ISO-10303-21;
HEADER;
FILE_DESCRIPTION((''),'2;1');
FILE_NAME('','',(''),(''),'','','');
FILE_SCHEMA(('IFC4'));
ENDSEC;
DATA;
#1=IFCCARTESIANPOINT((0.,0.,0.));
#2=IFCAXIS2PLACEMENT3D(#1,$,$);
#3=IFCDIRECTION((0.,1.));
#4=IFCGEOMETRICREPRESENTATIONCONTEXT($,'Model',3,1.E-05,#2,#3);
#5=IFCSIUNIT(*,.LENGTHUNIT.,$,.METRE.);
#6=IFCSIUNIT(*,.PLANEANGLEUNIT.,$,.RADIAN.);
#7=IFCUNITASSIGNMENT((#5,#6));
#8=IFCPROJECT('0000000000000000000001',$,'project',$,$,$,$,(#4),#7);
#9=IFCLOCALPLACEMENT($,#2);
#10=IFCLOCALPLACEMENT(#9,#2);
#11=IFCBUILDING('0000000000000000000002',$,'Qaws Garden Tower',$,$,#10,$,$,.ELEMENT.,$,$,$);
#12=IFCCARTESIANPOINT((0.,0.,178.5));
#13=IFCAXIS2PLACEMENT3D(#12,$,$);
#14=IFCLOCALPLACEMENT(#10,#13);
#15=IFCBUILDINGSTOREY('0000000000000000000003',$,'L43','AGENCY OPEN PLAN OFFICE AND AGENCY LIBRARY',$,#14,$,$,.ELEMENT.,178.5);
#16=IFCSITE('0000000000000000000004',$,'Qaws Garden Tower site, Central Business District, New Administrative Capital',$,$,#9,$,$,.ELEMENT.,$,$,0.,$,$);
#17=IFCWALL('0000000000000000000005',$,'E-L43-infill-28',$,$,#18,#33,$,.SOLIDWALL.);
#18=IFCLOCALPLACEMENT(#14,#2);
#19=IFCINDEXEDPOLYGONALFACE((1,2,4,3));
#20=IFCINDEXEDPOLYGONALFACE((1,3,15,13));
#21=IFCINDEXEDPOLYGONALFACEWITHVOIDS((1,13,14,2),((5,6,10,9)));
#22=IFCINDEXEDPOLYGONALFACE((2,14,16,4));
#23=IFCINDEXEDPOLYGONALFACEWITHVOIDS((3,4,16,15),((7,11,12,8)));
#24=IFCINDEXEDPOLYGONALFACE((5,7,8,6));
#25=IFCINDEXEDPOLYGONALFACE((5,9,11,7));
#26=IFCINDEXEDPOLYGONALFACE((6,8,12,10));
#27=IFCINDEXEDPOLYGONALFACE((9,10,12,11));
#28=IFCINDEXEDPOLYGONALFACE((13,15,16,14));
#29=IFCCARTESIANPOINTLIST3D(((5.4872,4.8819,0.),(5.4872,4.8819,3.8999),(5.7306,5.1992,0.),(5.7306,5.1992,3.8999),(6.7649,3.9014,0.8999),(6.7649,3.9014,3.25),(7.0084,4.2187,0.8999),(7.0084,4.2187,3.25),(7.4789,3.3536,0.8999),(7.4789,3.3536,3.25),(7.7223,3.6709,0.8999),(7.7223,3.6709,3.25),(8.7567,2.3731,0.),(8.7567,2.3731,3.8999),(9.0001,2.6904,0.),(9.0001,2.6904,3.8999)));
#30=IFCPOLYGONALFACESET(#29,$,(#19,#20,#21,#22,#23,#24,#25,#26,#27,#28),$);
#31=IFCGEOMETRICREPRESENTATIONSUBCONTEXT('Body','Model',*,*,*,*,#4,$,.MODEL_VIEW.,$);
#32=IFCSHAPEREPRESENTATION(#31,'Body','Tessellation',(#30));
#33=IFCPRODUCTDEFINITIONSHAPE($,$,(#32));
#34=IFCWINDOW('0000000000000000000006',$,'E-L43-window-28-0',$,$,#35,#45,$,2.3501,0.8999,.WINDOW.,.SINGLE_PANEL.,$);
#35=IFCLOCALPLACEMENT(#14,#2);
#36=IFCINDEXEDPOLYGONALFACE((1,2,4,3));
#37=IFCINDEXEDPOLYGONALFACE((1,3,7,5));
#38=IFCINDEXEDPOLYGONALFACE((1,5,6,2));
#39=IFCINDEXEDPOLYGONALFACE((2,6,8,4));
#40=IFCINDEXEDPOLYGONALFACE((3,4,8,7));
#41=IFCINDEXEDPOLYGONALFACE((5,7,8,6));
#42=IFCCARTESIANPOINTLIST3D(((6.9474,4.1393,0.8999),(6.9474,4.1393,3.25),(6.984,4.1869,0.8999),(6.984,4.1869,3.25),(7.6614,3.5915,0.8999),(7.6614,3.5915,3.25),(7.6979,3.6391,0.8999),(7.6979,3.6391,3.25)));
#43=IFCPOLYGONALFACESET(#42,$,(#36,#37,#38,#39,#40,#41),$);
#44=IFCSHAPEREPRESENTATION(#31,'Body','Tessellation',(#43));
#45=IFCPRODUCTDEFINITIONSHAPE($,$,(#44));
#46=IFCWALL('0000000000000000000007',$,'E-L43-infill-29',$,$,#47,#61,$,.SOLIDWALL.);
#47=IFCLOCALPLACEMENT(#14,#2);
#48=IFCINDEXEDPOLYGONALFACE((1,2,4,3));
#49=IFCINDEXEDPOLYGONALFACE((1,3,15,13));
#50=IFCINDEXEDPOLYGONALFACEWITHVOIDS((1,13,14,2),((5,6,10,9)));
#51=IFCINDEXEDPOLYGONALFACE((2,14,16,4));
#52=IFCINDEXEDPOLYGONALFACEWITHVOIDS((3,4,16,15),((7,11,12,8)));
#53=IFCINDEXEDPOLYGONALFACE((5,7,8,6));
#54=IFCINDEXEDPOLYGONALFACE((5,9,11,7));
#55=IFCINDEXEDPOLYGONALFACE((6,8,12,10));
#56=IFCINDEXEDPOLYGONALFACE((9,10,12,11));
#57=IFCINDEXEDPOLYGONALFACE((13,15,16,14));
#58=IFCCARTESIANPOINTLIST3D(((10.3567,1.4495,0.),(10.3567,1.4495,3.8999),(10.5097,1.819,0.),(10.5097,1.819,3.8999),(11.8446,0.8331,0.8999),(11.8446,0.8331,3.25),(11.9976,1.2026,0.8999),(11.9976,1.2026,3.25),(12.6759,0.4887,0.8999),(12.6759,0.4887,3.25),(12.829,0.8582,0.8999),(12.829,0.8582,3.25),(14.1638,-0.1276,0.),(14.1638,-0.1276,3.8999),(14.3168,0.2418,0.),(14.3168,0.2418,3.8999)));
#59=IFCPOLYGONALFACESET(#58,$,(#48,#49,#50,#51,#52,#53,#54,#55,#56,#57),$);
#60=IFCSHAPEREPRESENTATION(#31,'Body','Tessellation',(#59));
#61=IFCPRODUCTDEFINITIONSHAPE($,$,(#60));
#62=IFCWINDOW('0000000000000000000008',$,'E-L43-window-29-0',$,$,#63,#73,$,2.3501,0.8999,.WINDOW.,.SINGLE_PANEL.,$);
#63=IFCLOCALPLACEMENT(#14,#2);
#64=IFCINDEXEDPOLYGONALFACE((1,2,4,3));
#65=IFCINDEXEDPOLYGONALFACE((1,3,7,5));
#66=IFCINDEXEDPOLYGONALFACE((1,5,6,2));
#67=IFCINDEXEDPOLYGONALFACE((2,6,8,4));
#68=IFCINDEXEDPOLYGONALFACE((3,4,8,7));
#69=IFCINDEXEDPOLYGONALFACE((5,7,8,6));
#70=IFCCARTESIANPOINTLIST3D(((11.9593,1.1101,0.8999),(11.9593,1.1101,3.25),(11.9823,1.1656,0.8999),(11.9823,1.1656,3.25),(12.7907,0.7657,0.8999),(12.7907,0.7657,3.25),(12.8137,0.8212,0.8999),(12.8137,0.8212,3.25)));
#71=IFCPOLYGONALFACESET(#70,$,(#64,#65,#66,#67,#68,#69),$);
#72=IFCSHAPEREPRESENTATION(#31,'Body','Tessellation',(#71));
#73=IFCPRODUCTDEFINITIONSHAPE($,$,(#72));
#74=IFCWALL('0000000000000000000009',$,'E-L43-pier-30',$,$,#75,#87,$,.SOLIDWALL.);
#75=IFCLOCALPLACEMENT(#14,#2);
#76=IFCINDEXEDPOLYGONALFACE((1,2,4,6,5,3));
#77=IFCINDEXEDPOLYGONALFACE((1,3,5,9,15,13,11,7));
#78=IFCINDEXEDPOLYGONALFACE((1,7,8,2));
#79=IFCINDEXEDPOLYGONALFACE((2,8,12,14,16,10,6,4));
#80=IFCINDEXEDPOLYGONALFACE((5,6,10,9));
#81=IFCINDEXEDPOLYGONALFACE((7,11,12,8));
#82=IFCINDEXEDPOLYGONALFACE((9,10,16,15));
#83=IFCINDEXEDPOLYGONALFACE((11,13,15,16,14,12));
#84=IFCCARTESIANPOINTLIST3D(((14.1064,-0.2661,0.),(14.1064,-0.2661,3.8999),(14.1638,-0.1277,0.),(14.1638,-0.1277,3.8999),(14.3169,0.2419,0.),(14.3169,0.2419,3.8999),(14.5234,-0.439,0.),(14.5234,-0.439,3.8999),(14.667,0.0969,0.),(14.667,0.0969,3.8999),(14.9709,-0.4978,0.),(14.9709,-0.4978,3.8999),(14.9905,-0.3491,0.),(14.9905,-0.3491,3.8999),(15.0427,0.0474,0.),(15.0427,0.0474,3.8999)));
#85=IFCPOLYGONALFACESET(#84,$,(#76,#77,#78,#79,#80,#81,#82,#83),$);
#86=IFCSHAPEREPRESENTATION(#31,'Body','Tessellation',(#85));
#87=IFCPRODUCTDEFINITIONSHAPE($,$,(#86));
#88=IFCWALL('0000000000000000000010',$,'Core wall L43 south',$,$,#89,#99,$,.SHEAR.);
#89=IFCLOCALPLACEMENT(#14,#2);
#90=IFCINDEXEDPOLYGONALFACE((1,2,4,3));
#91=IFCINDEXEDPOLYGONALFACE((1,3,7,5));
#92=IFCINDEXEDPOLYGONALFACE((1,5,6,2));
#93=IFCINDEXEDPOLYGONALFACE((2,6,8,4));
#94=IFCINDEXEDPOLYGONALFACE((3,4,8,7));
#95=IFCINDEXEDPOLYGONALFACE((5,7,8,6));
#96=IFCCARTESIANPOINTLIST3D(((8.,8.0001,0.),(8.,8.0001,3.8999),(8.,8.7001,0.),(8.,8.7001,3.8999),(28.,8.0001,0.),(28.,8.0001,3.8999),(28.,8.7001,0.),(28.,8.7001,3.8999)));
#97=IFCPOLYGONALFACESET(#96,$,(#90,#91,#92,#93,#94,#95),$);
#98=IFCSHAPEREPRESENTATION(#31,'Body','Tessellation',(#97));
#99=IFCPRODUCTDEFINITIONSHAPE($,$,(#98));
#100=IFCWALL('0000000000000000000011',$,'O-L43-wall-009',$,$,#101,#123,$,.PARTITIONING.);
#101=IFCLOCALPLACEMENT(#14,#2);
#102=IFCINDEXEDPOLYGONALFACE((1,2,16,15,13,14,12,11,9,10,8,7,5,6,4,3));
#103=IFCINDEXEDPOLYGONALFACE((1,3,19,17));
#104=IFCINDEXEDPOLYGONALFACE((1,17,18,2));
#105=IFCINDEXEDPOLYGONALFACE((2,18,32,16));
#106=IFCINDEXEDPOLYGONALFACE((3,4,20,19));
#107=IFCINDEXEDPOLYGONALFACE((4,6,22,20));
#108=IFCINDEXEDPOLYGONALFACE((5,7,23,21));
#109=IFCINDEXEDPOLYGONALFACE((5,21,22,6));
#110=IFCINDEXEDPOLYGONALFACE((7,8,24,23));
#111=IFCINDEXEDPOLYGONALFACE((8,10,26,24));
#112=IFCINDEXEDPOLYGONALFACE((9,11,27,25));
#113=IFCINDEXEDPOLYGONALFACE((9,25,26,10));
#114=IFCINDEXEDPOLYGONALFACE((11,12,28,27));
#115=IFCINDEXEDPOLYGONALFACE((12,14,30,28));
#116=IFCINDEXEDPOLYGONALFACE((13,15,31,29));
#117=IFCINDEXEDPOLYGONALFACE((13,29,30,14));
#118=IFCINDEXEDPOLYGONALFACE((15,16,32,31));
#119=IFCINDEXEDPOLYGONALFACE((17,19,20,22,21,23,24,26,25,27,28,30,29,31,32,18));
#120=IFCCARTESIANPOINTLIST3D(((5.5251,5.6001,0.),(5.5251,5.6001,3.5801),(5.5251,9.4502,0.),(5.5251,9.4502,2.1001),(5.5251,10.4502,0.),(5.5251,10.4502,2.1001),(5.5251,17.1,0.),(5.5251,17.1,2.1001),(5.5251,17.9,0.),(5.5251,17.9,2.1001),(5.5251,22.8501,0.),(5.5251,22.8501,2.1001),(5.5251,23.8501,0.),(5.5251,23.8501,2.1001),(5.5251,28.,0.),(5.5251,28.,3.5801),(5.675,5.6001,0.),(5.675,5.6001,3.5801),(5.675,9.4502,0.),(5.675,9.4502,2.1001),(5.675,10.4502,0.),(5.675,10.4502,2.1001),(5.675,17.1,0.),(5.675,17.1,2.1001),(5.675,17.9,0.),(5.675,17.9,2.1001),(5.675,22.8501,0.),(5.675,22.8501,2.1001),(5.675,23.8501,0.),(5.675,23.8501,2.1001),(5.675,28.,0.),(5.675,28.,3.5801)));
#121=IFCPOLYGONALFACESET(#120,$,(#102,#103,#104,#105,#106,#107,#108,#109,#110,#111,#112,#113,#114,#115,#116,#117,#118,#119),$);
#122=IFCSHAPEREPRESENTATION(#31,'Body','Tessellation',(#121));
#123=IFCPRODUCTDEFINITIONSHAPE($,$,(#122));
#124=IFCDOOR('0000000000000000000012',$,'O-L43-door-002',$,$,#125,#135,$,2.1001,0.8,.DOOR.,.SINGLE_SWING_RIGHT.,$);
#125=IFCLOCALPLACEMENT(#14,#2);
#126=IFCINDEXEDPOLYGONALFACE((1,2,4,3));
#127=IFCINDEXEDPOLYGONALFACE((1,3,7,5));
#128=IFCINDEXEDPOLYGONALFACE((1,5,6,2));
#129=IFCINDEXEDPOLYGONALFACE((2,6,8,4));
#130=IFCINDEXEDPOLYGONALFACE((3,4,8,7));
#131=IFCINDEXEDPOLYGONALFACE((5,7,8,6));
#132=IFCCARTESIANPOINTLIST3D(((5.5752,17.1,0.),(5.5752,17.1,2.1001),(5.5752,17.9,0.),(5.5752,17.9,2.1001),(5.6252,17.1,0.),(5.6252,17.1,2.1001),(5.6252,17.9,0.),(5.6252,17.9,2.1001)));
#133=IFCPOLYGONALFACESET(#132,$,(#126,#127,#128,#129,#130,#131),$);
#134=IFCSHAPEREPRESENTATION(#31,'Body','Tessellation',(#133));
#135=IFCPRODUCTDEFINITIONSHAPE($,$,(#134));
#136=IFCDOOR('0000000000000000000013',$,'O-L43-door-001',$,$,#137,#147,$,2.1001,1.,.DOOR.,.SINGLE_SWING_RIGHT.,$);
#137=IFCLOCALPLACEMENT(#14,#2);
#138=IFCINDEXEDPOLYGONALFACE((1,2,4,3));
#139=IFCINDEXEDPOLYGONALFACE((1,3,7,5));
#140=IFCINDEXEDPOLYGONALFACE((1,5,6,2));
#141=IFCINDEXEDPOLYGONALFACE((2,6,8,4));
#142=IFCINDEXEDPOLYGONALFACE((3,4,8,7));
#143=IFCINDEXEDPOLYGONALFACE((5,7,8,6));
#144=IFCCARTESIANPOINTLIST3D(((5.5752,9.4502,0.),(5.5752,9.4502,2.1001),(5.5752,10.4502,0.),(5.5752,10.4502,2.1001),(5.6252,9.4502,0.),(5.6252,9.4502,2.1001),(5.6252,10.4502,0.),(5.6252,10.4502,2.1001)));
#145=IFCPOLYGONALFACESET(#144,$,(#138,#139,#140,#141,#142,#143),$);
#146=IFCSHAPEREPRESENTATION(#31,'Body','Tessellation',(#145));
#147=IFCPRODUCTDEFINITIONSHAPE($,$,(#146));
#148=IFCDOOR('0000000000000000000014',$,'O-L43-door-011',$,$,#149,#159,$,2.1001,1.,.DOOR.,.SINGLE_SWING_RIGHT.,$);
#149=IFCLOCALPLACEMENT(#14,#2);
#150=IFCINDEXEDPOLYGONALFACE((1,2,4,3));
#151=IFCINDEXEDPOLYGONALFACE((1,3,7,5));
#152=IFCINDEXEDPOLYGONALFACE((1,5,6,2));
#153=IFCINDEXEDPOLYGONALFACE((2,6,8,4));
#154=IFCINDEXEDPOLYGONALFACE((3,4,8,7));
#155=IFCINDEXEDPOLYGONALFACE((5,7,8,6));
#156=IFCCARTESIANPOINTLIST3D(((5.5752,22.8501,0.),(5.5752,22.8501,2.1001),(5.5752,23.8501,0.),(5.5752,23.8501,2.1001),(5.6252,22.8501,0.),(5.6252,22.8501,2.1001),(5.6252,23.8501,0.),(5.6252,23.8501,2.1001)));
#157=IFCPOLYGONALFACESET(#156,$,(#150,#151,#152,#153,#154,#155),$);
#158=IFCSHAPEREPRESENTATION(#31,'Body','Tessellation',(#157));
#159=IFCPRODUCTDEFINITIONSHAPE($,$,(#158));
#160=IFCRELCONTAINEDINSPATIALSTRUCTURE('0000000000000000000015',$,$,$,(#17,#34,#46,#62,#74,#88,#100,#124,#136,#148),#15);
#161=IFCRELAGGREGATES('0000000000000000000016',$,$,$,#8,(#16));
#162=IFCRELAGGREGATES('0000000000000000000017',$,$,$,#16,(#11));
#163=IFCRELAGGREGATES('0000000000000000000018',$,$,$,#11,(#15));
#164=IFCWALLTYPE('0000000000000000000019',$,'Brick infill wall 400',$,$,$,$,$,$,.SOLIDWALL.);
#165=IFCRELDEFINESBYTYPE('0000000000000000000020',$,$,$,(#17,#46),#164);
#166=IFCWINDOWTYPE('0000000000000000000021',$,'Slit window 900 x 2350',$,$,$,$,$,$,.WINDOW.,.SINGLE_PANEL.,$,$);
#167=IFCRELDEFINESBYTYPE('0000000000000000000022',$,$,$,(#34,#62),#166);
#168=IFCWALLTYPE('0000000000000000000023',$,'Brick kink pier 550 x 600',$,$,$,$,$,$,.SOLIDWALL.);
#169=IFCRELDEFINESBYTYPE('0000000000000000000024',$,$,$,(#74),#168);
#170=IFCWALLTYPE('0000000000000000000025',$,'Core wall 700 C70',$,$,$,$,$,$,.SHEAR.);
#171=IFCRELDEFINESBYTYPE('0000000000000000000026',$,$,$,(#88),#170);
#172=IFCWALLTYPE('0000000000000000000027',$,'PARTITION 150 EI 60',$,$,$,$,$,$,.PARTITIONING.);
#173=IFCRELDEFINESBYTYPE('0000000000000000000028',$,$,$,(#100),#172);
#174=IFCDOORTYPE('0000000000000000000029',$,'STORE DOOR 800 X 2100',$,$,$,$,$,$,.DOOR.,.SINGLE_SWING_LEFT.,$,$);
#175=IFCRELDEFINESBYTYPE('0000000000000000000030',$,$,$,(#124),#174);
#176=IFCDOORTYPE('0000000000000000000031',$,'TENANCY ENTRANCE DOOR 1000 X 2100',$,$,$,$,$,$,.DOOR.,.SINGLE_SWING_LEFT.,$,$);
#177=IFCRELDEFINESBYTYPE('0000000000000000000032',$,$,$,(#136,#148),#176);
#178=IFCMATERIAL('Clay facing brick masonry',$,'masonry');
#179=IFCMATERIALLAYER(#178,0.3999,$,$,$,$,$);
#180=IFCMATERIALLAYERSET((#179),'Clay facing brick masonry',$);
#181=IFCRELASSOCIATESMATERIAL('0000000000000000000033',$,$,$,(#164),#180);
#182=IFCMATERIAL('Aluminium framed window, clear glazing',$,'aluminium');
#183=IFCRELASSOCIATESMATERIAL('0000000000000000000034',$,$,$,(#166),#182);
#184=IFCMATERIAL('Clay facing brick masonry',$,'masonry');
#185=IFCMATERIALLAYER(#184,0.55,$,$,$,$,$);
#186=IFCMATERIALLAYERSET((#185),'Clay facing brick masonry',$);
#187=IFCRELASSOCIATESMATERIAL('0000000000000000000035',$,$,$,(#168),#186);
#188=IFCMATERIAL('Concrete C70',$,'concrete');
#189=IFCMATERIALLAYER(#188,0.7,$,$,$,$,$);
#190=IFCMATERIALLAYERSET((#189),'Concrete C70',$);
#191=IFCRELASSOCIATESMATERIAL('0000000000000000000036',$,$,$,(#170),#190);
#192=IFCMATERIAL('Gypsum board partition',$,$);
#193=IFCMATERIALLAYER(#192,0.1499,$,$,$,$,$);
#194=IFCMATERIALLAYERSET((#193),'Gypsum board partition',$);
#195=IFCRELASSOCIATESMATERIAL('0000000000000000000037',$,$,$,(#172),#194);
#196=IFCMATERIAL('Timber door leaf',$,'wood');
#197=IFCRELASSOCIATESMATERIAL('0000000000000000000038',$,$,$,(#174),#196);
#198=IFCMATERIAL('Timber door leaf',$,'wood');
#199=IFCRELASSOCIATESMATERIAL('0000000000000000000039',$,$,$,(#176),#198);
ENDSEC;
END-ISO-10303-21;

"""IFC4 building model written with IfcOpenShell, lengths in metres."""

from ifc_helpers import new_model, si_unit, direction, frame, frame_2d, origin, place, context, subcontext, project, spatial, polyline, rectangle, outline, extrude, material, layer, layer_set, type_object, element, fill, save


model = new_model("IFC4")

# Units and contexts
model_context = context("Model", 3, precision=1e-05, world=origin(), true_north=direction((0.0, 1.0)))
body_context = subcontext(model_context, "Body", "Model", "MODEL_VIEW")
ifc_project = project(units=[si_unit("LENGTHUNIT", "METRE"), si_unit("PLANEANGLEUNIT", "RADIAN")], contexts=[model_context])

# Site, building, storey
site_placement = place(None, origin())
site = spatial("IfcSite", under=ifc_project, at=site_placement, Name="Qaws Garden Tower site, Central Business District, New Administrative Capital", CompositionType="ELEMENT", RefElevation=0.0)
building_placement = place(site_placement, origin())
building = spatial("IfcBuilding", under=site, at=building_placement, Name="Qaws Garden Tower", CompositionType="ELEMENT")
storey_placement = place(building_placement, frame((0.0, 0.0, 178.5)))
storey = spatial("IfcBuildingStorey", under=building, at=storey_placement, Name="L43", Description="AGENCY OPEN PLAN OFFICE AND AGENCY LIBRARY", CompositionType="ELEMENT", Elevation=178.5)

# Shared definitions
placement_1 = place(storey_placement, origin())

# Walls, openings, windows
ifc_material_1 = material(Name="Clay facing brick masonry", Category="masonry")
ifc_layer_1 = layer(ifc_material_1, 0.3999)
ifc_layer_set_1 = layer_set([ifc_layer_1], Name="Clay facing brick masonry")
wall_type_1 = type_object("IfcWallType", Name="Brick infill wall 400", PredefinedType="SOLIDWALL", material=ifc_layer_set_1)
ifc_material_2 = material(Name="Aluminium framed window, clear glazing", Category="aluminium")
window_type = type_object("IfcWindowType", Name="Slit window 900 x 2350", PartitioningType="SINGLE_PANEL", PredefinedType="WINDOW", material=ifc_material_2)
wall_1_placement = place(storey_placement, frame((5.6089, 5.0405, 0.0), z_axis=(0.0, 0.0, 1.0), x_axis=(0.793355, -0.60876, 0.0)))
wall_1 = element("IfcWall", 1, at=wall_1_placement, inside=storey, type_object=wall_type_1, Name="E-L43-infill-28", PredefinedType="SOLIDWALL", context=body_context, shape_type="SweptSolid", body=[
    extrude(rectangle(XDim=4.1211, YDim=0.3999, at=frame_2d((2.0605, 0.0))), origin(), (0.0, 0.0, 1.0), 3.8999),
])
opening_1_placement = place(wall_1_placement, frame((1.6106, 0.0, 0.8999)))
opening_1 = element("IfcOpeningElement", 2, at=opening_1_placement, cuts=wall_1, PredefinedType="OPENING", context=body_context, shape_type="SweptSolid", body=[
    extrude(rectangle(XDim=0.8999, YDim=2.3501, at=frame_2d((0.45, 1.175))), frame((0.0, 0.21, 0.0), z_axis=(0.0, -1.0, 0.0), x_axis=(1.0, 0.0, 0.0)), (0.0, 0.0, 1.0), 0.4199),
])
window_1_placement = place(opening_1_placement, origin())
window_1 = element("IfcWindow", 3, at=window_1_placement, inside=storey, type_object=window_type, Name="E-L43-window-28-0", OverallHeight=2.3501, OverallWidth=0.8999, PartitioningType="SINGLE_PANEL", PredefinedType="WINDOW", context=body_context, shape_type="SweptSolid", body=[
    extrude(rectangle(XDim=0.8999, YDim=2.3501, at=frame_2d((0.45, 1.175))), frame((0.0, 0.1599, 0.0), z_axis=(0.0, -1.0, 0.0), x_axis=(1.0, 0.0, 0.0)), (0.0, 0.0, 1.0), 0.0601),
])
fill(opening_1, window_1)
wall_2_placement = place(storey_placement, frame((10.4331, 1.6343, 0.0), z_axis=(0.0, 0.0, 1.0), x_axis=(0.923864, -0.382722, 0.0)))
wall_2 = element("IfcWall", 4, at=wall_2_placement, inside=storey, type_object=wall_type_1, Name="E-L43-infill-29", PredefinedType="SOLIDWALL", context=body_context, shape_type="SweptSolid", body=[
    extrude(rectangle(XDim=4.1208, YDim=0.3999, at=frame_2d((2.0605, 0.0))), origin(), (0.0, 0.0, 1.0), 3.8999),
])
opening_2_placement = place(wall_2_placement, frame((1.6106, 0.0, 0.8999)))
opening_2 = element("IfcOpeningElement", 5, at=opening_2_placement, cuts=wall_2, PredefinedType="OPENING", context=body_context, shape_type="SweptSolid", body=[
    extrude(rectangle(XDim=0.8999, YDim=2.3501, at=frame_2d((0.45, 1.175))), frame((0.0, 0.21, 0.0), z_axis=(0.0, -1.0, 0.0), x_axis=(1.0, 0.0, 0.0)), (0.0, 0.0, 1.0), 0.4199),
])
window_2_placement = place(opening_2_placement, origin())
window_2 = element("IfcWindow", 6, at=window_2_placement, inside=storey, type_object=window_type, Name="E-L43-window-29-0", OverallHeight=2.3501, OverallWidth=0.8999, PartitioningType="SINGLE_PANEL", PredefinedType="WINDOW", context=body_context, shape_type="SweptSolid", body=[
    extrude(rectangle(XDim=0.8999, YDim=2.3501, at=frame_2d((0.45, 1.175))), frame((0.0, 0.1599, 0.0), z_axis=(0.0, -1.0, 0.0), x_axis=(1.0, 0.0, 0.0)), (0.0, 0.0, 1.0), 0.0601),
])
fill(opening_2, window_2)

# Walls
ifc_material_3 = material(Name="Clay facing brick masonry", Category="masonry")
ifc_layer_2 = layer(ifc_material_3, 0.55)
ifc_layer_set_2 = layer_set([ifc_layer_2], Name="Clay facing brick masonry")
wall_type_2 = type_object("IfcWallType", Name="Brick kink pier 550 x 600", PredefinedType="SOLIDWALL", material=ifc_layer_set_2)
element("IfcWall", 7, at=placement_1, inside=storey, type_object=wall_type_2, Name="E-L43-pier-30", PredefinedType="SOLIDWALL", context=body_context, shape_type="SweptSolid", body=[
    extrude(outline(polyline([(14.1638, -0.1277), (14.1064, -0.2661), (14.5234, -0.439), (14.9709, -0.4978), (14.9905, -0.3491), (15.0427, 0.0474), (14.667, 0.0969), (14.3169, 0.2419), (14.1638, -0.1277)])), origin(), (0.0, 0.0, 1.0), 3.8999),
])
ifc_material_4 = material(Name="Concrete C70", Category="concrete")
ifc_layer_3 = layer(ifc_material_4, 0.7)
ifc_layer_set_3 = layer_set([ifc_layer_3], Name="Concrete C70")
wall_type_3 = type_object("IfcWallType", Name="Core wall 700 C70", PredefinedType="SHEAR", material=ifc_layer_set_3)
wall_3_placement = place(storey_placement, frame((8.0, 8.3501, 0.0), z_axis=(0.0, 0.0, 1.0), x_axis=(1.0, 0.0, 0.0)))
element("IfcWall", 8, at=wall_3_placement, inside=storey, type_object=wall_type_3, Name="Core wall L43 south", PredefinedType="SHEAR", context=body_context, shape_type="SweptSolid", body=[
    extrude(rectangle(XDim=20.0, YDim=0.7, at=frame_2d((10.0, 0.0))), origin(), (0.0, 0.0, 1.0), 3.8999),
])

# Wall, openings, doors
ifc_material_5 = material(Name="Gypsum board partition")
ifc_layer_4 = layer(ifc_material_5, 0.1499)
ifc_layer_set_4 = layer_set([ifc_layer_4], Name="Gypsum board partition")
wall_type_4 = type_object("IfcWallType", Name="PARTITION 150 EI 60", PredefinedType="PARTITIONING", material=ifc_layer_set_4)
wall_4_placement = place(storey_placement, frame((5.6001, 5.6001, 0.0), z_axis=(0.0, 0.0, 1.0), x_axis=(0.0, 1.0, 0.0)))
wall_4 = element("IfcWall", 9, at=wall_4_placement, inside=storey, type_object=wall_type_4, Name="O-L43-wall-009", PredefinedType="PARTITIONING", context=body_context, shape_type="SweptSolid", body=[
    extrude(rectangle(XDim=22.3999, YDim=0.1499, at=frame_2d((11.2, 0.0))), origin(), (0.0, 0.0, 1.0), 3.5801),
])
opening_3_placement = place(wall_4_placement, frame((3.8501, 0.0, 0.0)))
opening_3 = element("IfcOpeningElement", 10, at=opening_3_placement, cuts=wall_4, PredefinedType="OPENING", context=body_context, shape_type="SweptSolid", body=[
    extrude(rectangle(XDim=1.0, YDim=2.1001, at=frame_2d((0.5, 1.05))), frame((0.0, 0.085, 0.0), z_axis=(0.0, -1.0, 0.0), x_axis=(1.0, 0.0, 0.0)), (0.0, 0.0, 1.0), 0.1699),
])
opening_4_placement = place(wall_4_placement, frame((11.5, 0.0, 0.0)))
opening_4 = element("IfcOpeningElement", 11, at=opening_4_placement, cuts=wall_4, PredefinedType="OPENING", context=body_context, shape_type="SweptSolid", body=[
    extrude(rectangle(XDim=0.8, YDim=2.1001, at=frame_2d((0.3999, 1.05))), frame((0.0, 0.085, 0.0), z_axis=(0.0, -1.0, 0.0), x_axis=(1.0, 0.0, 0.0)), (0.0, 0.0, 1.0), 0.1699),
])
opening_5_placement = place(wall_4_placement, frame((17.25, 0.0, 0.0)))
opening_5 = element("IfcOpeningElement", 12, at=opening_5_placement, cuts=wall_4, PredefinedType="OPENING", context=body_context, shape_type="SweptSolid", body=[
    extrude(rectangle(XDim=1.0, YDim=2.1001, at=frame_2d((0.5, 1.05))), frame((0.0, 0.085, 0.0), z_axis=(0.0, -1.0, 0.0), x_axis=(1.0, 0.0, 0.0)), (0.0, 0.0, 1.0), 0.1699),
])
ifc_material_6 = material(Name="Timber door leaf", Category="wood")
door_type_1 = type_object("IfcDoorType", Name="STORE DOOR 800 X 2100", OperationType="SINGLE_SWING_LEFT", PredefinedType="DOOR", material=ifc_material_6)
door_1_placement = place(opening_4_placement, origin())
door_1 = element("IfcDoor", 13, at=door_1_placement, inside=storey, type_object=door_type_1, Name="O-L43-door-002", OperationType="SINGLE_SWING_RIGHT", OverallHeight=2.1001, OverallWidth=0.8, PredefinedType="DOOR", context=body_context, shape_type="SweptSolid", body=[
    extrude(rectangle(XDim=0.8, YDim=2.1001, at=frame_2d((0.3999, 1.05))), frame((0.0, 0.0249, 0.0), z_axis=(0.0, -1.0, 0.0), x_axis=(1.0, 0.0, 0.0)), (0.0, 0.0, 1.0), 0.05),
])
fill(opening_4, door_1)
ifc_material_7 = material(Name="Timber door leaf", Category="wood")
door_type_2 = type_object("IfcDoorType", Name="TENANCY ENTRANCE DOOR 1000 X 2100", OperationType="SINGLE_SWING_LEFT", PredefinedType="DOOR", material=ifc_material_7)
door_2_placement = place(opening_3_placement, origin())
door_2 = element("IfcDoor", 14, at=door_2_placement, inside=storey, type_object=door_type_2, Name="O-L43-door-001", OperationType="SINGLE_SWING_RIGHT", OverallHeight=2.1001, OverallWidth=1.0, PredefinedType="DOOR", context=body_context, shape_type="SweptSolid", body=[
    extrude(rectangle(XDim=1.0, YDim=2.1001, at=frame_2d((0.5, 1.05))), frame((0.0, 0.0249, 0.0), z_axis=(0.0, -1.0, 0.0), x_axis=(1.0, 0.0, 0.0)), (0.0, 0.0, 1.0), 0.05),
])
fill(opening_3, door_2)
door_3_placement = place(opening_5_placement, origin())
door_3 = element("IfcDoor", 15, at=door_3_placement, inside=storey, type_object=door_type_2, Name="O-L43-door-011", OperationType="SINGLE_SWING_RIGHT", OverallHeight=2.1001, OverallWidth=1.0, PredefinedType="DOOR", context=body_context, shape_type="SweptSolid", body=[
    extrude(rectangle(XDim=1.0, YDim=2.1001, at=frame_2d((0.5, 1.05))), frame((0.0, 0.0249, 0.0), z_axis=(0.0, -1.0, 0.0), x_axis=(1.0, 0.0, 0.0)), (0.0, 0.0, 1.0), 0.05),
])
fill(opening_5, door_3)

save(model, "model.ifc")
